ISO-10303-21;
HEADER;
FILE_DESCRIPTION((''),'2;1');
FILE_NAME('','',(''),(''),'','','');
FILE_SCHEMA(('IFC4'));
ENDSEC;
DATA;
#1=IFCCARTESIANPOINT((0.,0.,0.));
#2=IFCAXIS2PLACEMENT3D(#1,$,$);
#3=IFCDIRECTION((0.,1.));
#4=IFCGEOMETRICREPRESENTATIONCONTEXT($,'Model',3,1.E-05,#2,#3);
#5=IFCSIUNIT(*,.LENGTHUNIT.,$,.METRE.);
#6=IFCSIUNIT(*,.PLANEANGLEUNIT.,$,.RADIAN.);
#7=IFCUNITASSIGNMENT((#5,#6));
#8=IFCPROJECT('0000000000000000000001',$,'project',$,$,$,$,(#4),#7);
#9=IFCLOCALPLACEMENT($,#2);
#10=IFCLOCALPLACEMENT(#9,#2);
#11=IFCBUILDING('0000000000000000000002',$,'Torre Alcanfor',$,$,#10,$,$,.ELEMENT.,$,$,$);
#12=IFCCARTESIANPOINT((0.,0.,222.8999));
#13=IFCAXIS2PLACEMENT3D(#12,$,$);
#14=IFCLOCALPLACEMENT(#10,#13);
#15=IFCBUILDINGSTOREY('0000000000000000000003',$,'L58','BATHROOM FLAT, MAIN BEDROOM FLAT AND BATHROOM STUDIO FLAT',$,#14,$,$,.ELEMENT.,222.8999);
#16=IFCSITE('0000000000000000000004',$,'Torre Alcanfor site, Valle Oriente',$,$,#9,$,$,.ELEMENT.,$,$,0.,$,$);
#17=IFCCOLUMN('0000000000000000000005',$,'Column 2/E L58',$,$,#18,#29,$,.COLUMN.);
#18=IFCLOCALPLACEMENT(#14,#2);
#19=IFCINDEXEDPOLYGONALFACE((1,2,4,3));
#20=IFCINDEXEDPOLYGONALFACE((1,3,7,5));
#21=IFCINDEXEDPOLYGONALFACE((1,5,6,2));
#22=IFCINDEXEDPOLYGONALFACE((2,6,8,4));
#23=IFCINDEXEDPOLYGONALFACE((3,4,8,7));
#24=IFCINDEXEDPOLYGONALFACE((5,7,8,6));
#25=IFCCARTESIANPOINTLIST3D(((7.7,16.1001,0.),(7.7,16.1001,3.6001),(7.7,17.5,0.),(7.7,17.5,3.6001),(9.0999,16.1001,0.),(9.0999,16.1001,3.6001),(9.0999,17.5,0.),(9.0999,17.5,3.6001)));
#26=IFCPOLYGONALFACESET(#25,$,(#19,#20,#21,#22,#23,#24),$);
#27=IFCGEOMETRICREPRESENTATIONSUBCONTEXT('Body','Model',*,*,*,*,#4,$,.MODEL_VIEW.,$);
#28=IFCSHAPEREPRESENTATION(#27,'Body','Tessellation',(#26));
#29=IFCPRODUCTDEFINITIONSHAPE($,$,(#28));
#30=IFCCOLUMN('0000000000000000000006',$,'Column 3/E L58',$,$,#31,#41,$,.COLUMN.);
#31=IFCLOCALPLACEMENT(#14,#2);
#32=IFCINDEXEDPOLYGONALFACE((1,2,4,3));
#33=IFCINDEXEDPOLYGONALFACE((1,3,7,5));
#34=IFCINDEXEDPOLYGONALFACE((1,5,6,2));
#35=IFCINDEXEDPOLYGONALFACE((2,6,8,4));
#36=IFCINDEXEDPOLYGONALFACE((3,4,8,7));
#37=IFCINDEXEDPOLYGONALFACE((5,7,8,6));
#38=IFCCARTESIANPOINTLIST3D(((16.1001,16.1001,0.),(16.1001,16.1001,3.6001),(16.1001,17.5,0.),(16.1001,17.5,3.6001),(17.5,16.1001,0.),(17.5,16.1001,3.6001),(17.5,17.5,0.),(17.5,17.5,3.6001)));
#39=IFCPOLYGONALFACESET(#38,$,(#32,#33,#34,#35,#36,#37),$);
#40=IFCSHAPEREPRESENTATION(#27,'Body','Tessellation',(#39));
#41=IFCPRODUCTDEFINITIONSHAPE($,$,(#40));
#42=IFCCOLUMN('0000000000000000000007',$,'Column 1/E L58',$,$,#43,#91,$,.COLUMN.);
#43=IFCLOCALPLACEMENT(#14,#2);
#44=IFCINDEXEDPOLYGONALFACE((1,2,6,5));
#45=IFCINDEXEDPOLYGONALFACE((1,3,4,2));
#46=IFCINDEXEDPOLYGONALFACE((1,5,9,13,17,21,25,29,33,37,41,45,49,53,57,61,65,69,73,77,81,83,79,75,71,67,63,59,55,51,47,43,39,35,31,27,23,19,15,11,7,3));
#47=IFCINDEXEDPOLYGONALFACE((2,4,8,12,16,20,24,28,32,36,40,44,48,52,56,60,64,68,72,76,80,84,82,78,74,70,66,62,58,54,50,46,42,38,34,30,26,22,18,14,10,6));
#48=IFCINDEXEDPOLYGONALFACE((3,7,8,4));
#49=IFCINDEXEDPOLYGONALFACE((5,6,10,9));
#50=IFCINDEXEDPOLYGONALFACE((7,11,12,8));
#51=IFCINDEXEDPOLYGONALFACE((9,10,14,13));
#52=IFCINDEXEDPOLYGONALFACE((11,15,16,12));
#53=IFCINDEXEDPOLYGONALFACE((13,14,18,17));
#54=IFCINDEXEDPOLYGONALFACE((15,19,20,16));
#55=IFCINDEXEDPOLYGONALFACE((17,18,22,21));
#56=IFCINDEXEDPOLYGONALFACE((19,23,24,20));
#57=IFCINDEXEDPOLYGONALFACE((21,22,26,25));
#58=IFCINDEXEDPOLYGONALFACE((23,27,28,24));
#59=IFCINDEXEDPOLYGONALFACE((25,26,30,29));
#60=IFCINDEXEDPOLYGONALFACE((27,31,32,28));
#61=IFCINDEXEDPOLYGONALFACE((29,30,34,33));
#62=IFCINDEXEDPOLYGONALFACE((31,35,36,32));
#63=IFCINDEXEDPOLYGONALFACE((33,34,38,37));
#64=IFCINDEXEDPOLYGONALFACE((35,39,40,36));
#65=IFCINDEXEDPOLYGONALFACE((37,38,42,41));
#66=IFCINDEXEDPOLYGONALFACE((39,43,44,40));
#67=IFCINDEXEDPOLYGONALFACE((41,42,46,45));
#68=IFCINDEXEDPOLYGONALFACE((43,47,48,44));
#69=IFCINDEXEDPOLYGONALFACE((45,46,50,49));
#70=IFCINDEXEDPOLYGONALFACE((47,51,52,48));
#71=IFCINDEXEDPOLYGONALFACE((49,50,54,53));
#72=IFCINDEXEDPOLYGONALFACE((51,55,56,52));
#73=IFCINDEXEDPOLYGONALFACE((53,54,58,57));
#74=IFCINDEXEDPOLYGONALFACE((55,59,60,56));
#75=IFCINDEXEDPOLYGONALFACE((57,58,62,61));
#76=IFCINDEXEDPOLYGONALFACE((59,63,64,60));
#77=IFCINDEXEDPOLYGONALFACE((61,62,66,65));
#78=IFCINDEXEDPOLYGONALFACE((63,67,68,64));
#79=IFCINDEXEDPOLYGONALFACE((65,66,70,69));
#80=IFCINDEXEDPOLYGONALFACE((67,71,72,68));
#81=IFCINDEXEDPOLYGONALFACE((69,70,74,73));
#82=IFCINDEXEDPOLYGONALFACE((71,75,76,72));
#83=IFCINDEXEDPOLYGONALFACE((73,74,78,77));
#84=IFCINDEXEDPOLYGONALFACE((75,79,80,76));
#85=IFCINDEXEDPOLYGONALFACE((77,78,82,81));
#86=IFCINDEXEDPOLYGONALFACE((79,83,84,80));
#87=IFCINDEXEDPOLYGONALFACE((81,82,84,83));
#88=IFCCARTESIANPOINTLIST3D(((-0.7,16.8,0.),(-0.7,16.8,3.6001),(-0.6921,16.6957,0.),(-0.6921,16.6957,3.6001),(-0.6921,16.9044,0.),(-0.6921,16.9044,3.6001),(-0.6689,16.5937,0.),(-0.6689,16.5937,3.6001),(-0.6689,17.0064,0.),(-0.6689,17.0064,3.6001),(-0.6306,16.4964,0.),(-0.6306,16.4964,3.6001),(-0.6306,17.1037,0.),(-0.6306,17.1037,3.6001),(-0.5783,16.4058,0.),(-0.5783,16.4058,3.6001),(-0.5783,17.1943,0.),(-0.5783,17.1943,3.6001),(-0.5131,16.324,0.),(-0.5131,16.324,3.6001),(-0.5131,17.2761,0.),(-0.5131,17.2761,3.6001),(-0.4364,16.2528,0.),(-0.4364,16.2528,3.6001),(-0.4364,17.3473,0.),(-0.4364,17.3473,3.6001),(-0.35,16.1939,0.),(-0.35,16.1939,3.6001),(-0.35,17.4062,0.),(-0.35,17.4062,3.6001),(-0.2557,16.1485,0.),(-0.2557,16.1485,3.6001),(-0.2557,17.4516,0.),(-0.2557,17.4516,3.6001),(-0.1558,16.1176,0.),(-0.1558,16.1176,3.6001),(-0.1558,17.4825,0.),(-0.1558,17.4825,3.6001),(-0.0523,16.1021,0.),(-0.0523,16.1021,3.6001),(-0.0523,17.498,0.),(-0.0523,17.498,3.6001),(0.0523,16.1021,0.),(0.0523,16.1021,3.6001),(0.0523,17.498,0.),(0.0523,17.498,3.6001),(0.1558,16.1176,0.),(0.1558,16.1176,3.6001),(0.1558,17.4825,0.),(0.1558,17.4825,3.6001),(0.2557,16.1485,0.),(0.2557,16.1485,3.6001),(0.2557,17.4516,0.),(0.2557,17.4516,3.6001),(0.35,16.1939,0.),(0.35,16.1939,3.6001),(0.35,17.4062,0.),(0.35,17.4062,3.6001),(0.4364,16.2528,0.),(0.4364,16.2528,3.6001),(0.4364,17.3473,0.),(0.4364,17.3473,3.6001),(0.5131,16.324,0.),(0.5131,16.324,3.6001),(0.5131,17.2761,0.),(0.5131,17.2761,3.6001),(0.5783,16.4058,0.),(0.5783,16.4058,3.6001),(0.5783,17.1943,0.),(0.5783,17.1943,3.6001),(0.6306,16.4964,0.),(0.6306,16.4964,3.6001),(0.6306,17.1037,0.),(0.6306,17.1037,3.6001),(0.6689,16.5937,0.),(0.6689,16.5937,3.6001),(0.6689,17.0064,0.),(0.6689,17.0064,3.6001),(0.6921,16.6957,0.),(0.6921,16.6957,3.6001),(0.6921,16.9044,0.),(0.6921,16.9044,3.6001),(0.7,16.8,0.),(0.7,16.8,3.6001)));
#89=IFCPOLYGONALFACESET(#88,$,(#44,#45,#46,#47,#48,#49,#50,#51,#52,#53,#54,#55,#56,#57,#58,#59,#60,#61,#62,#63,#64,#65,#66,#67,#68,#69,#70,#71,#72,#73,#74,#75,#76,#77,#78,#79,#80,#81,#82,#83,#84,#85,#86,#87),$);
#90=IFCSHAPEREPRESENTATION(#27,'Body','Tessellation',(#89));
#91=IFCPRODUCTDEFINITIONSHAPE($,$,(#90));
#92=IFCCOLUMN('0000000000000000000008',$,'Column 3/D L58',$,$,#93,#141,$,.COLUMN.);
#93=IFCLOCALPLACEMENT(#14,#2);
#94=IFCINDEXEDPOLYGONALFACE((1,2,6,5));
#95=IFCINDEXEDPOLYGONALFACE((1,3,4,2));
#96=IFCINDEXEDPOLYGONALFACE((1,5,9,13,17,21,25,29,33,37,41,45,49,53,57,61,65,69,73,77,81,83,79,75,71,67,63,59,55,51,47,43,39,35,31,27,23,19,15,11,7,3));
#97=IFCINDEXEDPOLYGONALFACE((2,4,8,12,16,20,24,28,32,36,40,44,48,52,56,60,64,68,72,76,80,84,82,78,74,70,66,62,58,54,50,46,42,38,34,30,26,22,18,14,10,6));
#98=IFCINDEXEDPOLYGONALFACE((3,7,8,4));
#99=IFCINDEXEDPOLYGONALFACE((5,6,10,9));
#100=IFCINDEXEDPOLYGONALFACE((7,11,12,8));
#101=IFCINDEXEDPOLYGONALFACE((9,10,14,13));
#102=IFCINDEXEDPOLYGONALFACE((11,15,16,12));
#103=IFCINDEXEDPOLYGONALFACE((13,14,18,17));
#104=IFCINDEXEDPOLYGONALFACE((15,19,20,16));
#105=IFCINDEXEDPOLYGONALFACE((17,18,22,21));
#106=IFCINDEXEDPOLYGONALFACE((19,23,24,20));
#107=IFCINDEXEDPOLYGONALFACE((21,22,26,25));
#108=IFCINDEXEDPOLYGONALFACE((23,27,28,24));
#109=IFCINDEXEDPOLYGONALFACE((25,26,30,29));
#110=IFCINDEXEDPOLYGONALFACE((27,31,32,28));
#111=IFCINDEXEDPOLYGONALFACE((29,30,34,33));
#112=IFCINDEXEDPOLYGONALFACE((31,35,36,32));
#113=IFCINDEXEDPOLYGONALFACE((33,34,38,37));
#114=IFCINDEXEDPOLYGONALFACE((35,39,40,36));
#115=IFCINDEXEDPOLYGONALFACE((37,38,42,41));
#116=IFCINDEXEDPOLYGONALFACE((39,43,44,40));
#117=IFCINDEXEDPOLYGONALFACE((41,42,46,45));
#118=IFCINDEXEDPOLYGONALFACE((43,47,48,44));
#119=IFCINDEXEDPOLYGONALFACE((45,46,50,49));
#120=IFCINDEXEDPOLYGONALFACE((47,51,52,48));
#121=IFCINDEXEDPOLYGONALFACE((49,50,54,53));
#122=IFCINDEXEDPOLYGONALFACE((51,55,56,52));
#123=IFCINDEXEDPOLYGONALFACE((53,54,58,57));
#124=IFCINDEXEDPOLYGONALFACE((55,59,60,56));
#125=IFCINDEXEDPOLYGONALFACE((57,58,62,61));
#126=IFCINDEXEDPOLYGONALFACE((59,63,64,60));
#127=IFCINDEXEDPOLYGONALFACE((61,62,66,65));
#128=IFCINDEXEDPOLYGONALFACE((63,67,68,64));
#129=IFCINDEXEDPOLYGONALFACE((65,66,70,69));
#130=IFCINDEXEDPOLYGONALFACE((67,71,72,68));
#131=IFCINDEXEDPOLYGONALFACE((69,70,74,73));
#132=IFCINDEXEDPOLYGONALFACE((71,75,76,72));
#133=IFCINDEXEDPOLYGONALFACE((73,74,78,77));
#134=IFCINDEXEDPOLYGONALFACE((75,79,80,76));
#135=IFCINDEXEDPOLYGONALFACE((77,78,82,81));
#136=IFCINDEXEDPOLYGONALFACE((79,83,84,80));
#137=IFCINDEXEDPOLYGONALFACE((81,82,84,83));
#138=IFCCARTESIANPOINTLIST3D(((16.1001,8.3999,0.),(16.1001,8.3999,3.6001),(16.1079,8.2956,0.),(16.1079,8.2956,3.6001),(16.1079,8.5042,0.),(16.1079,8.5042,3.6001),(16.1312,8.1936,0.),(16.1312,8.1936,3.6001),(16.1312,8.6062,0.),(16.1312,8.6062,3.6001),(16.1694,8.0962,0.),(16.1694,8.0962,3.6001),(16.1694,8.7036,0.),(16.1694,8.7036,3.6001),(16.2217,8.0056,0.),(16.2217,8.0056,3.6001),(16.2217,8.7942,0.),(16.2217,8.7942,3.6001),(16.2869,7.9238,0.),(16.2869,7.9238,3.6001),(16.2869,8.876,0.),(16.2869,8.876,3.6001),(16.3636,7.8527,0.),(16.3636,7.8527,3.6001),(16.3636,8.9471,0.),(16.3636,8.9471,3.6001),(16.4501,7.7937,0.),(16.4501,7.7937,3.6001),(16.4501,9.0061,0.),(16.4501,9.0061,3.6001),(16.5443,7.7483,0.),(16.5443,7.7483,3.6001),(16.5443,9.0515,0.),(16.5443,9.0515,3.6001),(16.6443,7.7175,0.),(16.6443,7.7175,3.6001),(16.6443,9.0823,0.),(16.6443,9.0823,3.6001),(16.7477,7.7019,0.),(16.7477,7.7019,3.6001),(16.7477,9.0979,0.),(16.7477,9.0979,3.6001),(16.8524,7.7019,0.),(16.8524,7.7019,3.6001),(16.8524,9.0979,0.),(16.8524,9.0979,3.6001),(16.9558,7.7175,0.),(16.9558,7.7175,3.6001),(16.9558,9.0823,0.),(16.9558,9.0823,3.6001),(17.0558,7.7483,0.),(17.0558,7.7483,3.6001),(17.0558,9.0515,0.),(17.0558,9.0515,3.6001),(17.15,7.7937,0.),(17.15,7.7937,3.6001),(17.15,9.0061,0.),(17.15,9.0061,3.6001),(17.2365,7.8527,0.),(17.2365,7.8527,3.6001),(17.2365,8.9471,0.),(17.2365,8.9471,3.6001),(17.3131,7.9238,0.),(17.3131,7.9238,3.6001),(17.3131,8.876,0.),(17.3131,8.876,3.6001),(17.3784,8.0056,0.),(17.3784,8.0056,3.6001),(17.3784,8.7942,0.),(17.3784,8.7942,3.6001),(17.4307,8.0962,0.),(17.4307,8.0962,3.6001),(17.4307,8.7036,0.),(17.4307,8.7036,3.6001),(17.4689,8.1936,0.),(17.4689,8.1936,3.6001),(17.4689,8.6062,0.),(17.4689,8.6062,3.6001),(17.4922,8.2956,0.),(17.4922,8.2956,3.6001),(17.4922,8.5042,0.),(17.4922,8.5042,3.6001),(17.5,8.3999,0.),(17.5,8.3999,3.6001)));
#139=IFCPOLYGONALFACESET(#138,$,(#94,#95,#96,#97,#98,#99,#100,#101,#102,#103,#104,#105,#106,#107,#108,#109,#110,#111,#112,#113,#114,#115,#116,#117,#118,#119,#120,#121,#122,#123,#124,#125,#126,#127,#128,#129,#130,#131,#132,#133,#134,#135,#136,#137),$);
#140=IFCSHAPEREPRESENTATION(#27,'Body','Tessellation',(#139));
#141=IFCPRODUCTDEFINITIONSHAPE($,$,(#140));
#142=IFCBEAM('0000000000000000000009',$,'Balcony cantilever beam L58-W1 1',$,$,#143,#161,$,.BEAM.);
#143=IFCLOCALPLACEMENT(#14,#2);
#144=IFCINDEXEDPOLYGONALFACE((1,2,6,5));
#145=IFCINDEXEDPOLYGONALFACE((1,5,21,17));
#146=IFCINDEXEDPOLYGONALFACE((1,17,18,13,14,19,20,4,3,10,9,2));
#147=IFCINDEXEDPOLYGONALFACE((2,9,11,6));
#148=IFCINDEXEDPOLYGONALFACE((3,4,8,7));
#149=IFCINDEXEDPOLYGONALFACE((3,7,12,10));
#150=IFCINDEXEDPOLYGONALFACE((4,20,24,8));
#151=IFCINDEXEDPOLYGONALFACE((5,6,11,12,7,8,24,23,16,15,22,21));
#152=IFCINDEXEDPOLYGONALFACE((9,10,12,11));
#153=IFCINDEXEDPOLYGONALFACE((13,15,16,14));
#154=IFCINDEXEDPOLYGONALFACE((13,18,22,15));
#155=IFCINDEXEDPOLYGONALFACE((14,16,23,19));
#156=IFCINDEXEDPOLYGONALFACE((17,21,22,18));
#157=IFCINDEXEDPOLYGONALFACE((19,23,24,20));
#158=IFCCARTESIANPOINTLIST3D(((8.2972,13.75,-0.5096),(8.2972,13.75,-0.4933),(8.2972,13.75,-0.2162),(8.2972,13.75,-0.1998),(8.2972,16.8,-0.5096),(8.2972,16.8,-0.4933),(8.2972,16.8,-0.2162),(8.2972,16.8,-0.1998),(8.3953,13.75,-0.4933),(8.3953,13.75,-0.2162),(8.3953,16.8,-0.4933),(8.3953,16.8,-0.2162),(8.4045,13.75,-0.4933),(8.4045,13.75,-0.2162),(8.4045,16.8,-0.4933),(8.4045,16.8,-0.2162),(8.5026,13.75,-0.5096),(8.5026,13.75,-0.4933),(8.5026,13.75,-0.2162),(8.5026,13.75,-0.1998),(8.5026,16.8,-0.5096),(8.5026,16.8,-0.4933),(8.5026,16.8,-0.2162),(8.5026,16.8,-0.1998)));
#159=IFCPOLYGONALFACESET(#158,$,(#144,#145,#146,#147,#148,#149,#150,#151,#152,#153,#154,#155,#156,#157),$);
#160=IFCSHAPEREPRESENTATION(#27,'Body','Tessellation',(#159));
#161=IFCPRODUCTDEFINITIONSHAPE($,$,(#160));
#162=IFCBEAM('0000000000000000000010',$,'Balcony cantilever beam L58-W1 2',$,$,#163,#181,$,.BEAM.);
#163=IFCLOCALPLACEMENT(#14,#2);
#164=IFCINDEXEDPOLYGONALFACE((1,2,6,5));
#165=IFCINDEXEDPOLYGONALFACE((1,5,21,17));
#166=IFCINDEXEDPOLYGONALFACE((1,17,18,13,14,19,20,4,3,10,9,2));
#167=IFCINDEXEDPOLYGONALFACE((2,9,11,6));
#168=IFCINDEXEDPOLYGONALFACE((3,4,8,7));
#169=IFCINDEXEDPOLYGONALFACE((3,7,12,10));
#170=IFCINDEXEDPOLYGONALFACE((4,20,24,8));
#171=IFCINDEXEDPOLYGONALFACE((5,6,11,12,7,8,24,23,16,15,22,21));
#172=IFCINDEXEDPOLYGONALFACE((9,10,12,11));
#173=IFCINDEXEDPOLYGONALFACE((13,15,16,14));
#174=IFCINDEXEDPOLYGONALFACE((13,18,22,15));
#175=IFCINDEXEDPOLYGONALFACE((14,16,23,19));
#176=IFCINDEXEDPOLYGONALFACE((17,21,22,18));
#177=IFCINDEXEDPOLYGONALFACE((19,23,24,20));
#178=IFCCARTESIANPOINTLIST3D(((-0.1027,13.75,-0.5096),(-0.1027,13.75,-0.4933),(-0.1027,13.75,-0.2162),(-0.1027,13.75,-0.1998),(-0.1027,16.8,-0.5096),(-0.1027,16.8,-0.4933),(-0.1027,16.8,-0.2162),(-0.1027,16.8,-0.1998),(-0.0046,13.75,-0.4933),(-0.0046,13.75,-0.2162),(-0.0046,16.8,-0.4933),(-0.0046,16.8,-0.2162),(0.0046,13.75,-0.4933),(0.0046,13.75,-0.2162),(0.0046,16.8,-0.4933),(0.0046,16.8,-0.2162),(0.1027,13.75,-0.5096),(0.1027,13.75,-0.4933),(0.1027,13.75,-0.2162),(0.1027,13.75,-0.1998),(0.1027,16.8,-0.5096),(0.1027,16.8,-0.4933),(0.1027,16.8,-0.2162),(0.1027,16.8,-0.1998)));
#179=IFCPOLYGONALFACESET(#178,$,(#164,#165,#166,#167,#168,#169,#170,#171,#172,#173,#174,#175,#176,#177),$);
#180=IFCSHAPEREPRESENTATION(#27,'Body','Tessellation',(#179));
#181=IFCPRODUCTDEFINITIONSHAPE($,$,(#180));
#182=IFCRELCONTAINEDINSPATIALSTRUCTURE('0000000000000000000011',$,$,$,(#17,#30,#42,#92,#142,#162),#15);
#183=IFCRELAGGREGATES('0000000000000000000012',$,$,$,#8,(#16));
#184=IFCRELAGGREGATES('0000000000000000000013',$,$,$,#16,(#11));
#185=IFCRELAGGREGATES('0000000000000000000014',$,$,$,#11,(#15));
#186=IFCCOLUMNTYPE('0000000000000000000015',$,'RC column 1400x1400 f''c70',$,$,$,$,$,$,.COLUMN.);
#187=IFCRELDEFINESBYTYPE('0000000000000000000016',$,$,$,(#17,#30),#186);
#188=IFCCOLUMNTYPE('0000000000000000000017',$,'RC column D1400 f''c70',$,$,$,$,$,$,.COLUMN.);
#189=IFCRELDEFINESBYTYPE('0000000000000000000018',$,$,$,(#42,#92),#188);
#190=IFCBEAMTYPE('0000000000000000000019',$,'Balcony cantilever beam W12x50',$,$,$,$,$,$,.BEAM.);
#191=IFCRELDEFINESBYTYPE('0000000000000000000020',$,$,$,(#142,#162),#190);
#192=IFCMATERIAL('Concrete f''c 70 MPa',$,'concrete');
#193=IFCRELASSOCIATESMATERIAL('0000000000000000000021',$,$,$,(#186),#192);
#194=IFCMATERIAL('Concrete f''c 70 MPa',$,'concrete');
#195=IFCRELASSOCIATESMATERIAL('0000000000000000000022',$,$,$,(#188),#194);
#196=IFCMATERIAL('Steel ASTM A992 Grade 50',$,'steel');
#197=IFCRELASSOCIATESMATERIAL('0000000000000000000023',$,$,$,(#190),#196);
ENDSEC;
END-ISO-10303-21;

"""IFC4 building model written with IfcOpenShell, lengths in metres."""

from ifc_helpers import new_model, si_unit, direction, frame, origin, origin_2d, place, context, subcontext, project, spatial, rectangle, circle, i_section, extrude, material, material_profile, profile_set, type_object, element, save


model = new_model("IFC4")

# Units and contexts
model_context = context("Model", 3, precision=1e-05, world=origin(), true_north=direction((0.0, 1.0)))
body_context = subcontext(model_context, "Body", "Model", "MODEL_VIEW")
ifc_project = project(units=[si_unit("LENGTHUNIT", "METRE"), si_unit("PLANEANGLEUNIT", "RADIAN")], contexts=[model_context])

# Site, building, storey
site_placement = place(None, origin())
site = spatial("IfcSite", under=ifc_project, at=site_placement, Name="Torre Alcanfor site, Valle Oriente", CompositionType="ELEMENT", RefElevation=0.0)
building_placement = place(site_placement, origin())
building = spatial("IfcBuilding", under=site, at=building_placement, Name="Torre Alcanfor", CompositionType="ELEMENT")
storey_placement = place(building_placement, frame((0.0, 0.0, 222.8999)))
storey = spatial("IfcBuildingStorey", under=building, at=storey_placement, Name="L58", Description="BATHROOM FLAT, MAIN BEDROOM FLAT AND BATHROOM STUDIO FLAT", CompositionType="ELEMENT", Elevation=222.8999)

# Columns
ifc_material_1 = material(Name="Concrete f'c 70 MPa", Category="concrete")
ifc_material_profile_1 = material_profile(ifc_material_1, rectangle(XDim=1.3999, YDim=1.3999, at=origin_2d()), Name="1400x1400")
ifc_profile_set_1 = profile_set([ifc_material_profile_1], Name="Concrete f'c 70 MPa")
column_type_1 = type_object("IfcColumnType", Name="RC column 1400x1400 f'c70", PredefinedType="COLUMN", material=ifc_profile_set_1)
for number, where, z_axis, x_axis, name in (
    (1, (8.3999, 16.8, 0.0), (0.0, 0.0, 1.0), (1.0, 0.0, 0.0), "Column 2/E L58"),
    (2, (16.8, 16.8, 0.0), (0.0, 0.0, 1.0), (1.0, 0.0, 0.0), "Column 3/E L58"),
):
    element("IfcColumn", number, at=place(storey_placement, frame(where, z_axis=z_axis, x_axis=x_axis)), inside=storey, type_object=column_type_1, Name=name, PredefinedType="COLUMN", context=body_context, shape_type="SweptSolid", body=[
        extrude(rectangle(XDim=1.3999, YDim=1.3999, at=origin_2d()), origin(), (0.0, 0.0, 1.0), 3.6001),
    ])
ifc_material_2 = material(Name="Concrete f'c 70 MPa", Category="concrete")
ifc_material_profile_2 = material_profile(ifc_material_2, circle(Radius=0.7, at=origin_2d()), Name="D1400")
ifc_profile_set_2 = profile_set([ifc_material_profile_2], Name="Concrete f'c 70 MPa")
column_type_2 = type_object("IfcColumnType", Name="RC column D1400 f'c70", PredefinedType="COLUMN", material=ifc_profile_set_2)
for number, where, z_axis, x_axis, name in (
    (3, (0.0, 16.8, 0.0), (0.0, 0.0, 1.0), (1.0, 0.0, 0.0), "Column 1/E L58"),
    (4, (16.8, 8.3999, 0.0), (0.0, 0.0, 1.0), (1.0, 0.0, 0.0), "Column 3/D L58"),
):
    element("IfcColumn", number, at=place(storey_placement, frame(where, z_axis=z_axis, x_axis=x_axis)), inside=storey, type_object=column_type_2, Name=name, PredefinedType="COLUMN", context=body_context, shape_type="SweptSolid", body=[
        extrude(circle(Radius=0.7, at=origin_2d()), origin(), (0.0, 0.0, 1.0), 3.6001),
    ])

# Beams
ifc_material_3 = material(Name="Steel ASTM A992 Grade 50", Category="steel")
ifc_material_profile_3 = material_profile(ifc_material_3, i_section(OverallWidth=0.2053, OverallDepth=0.3098, WebThickness=0.0093, FlangeThickness=0.0164, at=origin_2d()), Name="W12x50")
ifc_profile_set_3 = profile_set([ifc_material_profile_3], Name="Steel ASTM A992 Grade 50")
beam_type_1 = type_object("IfcBeamType", Name="Balcony cantilever beam W12x50", PredefinedType="BEAM", material=ifc_profile_set_3)
for number, where, z_axis, x_axis, name in (
    (5, (8.3999, 16.8, -0.3547), (0.0, -1.0, 0.0), (1.0, 0.0, 0.0), "Balcony cantilever beam L58-W1 1"),
    (6, (0.0, 16.8, -0.3547), (0.0, -1.0, 0.0), (1.0, 0.0, 0.0), "Balcony cantilever beam L58-W1 2"),
):
    element("IfcBeam", number, at=place(storey_placement, frame(where, z_axis=z_axis, x_axis=x_axis)), inside=storey, type_object=beam_type_1, Name=name, PredefinedType="BEAM", context=body_context, shape_type="SweptSolid", body=[
        extrude(i_section(OverallWidth=0.2053, OverallDepth=0.3098, WebThickness=0.0093, FlangeThickness=0.0164, at=origin_2d()), origin(), (0.0, 0.0, 1.0), 3.05),
    ])

save(model, "model.ifc")
